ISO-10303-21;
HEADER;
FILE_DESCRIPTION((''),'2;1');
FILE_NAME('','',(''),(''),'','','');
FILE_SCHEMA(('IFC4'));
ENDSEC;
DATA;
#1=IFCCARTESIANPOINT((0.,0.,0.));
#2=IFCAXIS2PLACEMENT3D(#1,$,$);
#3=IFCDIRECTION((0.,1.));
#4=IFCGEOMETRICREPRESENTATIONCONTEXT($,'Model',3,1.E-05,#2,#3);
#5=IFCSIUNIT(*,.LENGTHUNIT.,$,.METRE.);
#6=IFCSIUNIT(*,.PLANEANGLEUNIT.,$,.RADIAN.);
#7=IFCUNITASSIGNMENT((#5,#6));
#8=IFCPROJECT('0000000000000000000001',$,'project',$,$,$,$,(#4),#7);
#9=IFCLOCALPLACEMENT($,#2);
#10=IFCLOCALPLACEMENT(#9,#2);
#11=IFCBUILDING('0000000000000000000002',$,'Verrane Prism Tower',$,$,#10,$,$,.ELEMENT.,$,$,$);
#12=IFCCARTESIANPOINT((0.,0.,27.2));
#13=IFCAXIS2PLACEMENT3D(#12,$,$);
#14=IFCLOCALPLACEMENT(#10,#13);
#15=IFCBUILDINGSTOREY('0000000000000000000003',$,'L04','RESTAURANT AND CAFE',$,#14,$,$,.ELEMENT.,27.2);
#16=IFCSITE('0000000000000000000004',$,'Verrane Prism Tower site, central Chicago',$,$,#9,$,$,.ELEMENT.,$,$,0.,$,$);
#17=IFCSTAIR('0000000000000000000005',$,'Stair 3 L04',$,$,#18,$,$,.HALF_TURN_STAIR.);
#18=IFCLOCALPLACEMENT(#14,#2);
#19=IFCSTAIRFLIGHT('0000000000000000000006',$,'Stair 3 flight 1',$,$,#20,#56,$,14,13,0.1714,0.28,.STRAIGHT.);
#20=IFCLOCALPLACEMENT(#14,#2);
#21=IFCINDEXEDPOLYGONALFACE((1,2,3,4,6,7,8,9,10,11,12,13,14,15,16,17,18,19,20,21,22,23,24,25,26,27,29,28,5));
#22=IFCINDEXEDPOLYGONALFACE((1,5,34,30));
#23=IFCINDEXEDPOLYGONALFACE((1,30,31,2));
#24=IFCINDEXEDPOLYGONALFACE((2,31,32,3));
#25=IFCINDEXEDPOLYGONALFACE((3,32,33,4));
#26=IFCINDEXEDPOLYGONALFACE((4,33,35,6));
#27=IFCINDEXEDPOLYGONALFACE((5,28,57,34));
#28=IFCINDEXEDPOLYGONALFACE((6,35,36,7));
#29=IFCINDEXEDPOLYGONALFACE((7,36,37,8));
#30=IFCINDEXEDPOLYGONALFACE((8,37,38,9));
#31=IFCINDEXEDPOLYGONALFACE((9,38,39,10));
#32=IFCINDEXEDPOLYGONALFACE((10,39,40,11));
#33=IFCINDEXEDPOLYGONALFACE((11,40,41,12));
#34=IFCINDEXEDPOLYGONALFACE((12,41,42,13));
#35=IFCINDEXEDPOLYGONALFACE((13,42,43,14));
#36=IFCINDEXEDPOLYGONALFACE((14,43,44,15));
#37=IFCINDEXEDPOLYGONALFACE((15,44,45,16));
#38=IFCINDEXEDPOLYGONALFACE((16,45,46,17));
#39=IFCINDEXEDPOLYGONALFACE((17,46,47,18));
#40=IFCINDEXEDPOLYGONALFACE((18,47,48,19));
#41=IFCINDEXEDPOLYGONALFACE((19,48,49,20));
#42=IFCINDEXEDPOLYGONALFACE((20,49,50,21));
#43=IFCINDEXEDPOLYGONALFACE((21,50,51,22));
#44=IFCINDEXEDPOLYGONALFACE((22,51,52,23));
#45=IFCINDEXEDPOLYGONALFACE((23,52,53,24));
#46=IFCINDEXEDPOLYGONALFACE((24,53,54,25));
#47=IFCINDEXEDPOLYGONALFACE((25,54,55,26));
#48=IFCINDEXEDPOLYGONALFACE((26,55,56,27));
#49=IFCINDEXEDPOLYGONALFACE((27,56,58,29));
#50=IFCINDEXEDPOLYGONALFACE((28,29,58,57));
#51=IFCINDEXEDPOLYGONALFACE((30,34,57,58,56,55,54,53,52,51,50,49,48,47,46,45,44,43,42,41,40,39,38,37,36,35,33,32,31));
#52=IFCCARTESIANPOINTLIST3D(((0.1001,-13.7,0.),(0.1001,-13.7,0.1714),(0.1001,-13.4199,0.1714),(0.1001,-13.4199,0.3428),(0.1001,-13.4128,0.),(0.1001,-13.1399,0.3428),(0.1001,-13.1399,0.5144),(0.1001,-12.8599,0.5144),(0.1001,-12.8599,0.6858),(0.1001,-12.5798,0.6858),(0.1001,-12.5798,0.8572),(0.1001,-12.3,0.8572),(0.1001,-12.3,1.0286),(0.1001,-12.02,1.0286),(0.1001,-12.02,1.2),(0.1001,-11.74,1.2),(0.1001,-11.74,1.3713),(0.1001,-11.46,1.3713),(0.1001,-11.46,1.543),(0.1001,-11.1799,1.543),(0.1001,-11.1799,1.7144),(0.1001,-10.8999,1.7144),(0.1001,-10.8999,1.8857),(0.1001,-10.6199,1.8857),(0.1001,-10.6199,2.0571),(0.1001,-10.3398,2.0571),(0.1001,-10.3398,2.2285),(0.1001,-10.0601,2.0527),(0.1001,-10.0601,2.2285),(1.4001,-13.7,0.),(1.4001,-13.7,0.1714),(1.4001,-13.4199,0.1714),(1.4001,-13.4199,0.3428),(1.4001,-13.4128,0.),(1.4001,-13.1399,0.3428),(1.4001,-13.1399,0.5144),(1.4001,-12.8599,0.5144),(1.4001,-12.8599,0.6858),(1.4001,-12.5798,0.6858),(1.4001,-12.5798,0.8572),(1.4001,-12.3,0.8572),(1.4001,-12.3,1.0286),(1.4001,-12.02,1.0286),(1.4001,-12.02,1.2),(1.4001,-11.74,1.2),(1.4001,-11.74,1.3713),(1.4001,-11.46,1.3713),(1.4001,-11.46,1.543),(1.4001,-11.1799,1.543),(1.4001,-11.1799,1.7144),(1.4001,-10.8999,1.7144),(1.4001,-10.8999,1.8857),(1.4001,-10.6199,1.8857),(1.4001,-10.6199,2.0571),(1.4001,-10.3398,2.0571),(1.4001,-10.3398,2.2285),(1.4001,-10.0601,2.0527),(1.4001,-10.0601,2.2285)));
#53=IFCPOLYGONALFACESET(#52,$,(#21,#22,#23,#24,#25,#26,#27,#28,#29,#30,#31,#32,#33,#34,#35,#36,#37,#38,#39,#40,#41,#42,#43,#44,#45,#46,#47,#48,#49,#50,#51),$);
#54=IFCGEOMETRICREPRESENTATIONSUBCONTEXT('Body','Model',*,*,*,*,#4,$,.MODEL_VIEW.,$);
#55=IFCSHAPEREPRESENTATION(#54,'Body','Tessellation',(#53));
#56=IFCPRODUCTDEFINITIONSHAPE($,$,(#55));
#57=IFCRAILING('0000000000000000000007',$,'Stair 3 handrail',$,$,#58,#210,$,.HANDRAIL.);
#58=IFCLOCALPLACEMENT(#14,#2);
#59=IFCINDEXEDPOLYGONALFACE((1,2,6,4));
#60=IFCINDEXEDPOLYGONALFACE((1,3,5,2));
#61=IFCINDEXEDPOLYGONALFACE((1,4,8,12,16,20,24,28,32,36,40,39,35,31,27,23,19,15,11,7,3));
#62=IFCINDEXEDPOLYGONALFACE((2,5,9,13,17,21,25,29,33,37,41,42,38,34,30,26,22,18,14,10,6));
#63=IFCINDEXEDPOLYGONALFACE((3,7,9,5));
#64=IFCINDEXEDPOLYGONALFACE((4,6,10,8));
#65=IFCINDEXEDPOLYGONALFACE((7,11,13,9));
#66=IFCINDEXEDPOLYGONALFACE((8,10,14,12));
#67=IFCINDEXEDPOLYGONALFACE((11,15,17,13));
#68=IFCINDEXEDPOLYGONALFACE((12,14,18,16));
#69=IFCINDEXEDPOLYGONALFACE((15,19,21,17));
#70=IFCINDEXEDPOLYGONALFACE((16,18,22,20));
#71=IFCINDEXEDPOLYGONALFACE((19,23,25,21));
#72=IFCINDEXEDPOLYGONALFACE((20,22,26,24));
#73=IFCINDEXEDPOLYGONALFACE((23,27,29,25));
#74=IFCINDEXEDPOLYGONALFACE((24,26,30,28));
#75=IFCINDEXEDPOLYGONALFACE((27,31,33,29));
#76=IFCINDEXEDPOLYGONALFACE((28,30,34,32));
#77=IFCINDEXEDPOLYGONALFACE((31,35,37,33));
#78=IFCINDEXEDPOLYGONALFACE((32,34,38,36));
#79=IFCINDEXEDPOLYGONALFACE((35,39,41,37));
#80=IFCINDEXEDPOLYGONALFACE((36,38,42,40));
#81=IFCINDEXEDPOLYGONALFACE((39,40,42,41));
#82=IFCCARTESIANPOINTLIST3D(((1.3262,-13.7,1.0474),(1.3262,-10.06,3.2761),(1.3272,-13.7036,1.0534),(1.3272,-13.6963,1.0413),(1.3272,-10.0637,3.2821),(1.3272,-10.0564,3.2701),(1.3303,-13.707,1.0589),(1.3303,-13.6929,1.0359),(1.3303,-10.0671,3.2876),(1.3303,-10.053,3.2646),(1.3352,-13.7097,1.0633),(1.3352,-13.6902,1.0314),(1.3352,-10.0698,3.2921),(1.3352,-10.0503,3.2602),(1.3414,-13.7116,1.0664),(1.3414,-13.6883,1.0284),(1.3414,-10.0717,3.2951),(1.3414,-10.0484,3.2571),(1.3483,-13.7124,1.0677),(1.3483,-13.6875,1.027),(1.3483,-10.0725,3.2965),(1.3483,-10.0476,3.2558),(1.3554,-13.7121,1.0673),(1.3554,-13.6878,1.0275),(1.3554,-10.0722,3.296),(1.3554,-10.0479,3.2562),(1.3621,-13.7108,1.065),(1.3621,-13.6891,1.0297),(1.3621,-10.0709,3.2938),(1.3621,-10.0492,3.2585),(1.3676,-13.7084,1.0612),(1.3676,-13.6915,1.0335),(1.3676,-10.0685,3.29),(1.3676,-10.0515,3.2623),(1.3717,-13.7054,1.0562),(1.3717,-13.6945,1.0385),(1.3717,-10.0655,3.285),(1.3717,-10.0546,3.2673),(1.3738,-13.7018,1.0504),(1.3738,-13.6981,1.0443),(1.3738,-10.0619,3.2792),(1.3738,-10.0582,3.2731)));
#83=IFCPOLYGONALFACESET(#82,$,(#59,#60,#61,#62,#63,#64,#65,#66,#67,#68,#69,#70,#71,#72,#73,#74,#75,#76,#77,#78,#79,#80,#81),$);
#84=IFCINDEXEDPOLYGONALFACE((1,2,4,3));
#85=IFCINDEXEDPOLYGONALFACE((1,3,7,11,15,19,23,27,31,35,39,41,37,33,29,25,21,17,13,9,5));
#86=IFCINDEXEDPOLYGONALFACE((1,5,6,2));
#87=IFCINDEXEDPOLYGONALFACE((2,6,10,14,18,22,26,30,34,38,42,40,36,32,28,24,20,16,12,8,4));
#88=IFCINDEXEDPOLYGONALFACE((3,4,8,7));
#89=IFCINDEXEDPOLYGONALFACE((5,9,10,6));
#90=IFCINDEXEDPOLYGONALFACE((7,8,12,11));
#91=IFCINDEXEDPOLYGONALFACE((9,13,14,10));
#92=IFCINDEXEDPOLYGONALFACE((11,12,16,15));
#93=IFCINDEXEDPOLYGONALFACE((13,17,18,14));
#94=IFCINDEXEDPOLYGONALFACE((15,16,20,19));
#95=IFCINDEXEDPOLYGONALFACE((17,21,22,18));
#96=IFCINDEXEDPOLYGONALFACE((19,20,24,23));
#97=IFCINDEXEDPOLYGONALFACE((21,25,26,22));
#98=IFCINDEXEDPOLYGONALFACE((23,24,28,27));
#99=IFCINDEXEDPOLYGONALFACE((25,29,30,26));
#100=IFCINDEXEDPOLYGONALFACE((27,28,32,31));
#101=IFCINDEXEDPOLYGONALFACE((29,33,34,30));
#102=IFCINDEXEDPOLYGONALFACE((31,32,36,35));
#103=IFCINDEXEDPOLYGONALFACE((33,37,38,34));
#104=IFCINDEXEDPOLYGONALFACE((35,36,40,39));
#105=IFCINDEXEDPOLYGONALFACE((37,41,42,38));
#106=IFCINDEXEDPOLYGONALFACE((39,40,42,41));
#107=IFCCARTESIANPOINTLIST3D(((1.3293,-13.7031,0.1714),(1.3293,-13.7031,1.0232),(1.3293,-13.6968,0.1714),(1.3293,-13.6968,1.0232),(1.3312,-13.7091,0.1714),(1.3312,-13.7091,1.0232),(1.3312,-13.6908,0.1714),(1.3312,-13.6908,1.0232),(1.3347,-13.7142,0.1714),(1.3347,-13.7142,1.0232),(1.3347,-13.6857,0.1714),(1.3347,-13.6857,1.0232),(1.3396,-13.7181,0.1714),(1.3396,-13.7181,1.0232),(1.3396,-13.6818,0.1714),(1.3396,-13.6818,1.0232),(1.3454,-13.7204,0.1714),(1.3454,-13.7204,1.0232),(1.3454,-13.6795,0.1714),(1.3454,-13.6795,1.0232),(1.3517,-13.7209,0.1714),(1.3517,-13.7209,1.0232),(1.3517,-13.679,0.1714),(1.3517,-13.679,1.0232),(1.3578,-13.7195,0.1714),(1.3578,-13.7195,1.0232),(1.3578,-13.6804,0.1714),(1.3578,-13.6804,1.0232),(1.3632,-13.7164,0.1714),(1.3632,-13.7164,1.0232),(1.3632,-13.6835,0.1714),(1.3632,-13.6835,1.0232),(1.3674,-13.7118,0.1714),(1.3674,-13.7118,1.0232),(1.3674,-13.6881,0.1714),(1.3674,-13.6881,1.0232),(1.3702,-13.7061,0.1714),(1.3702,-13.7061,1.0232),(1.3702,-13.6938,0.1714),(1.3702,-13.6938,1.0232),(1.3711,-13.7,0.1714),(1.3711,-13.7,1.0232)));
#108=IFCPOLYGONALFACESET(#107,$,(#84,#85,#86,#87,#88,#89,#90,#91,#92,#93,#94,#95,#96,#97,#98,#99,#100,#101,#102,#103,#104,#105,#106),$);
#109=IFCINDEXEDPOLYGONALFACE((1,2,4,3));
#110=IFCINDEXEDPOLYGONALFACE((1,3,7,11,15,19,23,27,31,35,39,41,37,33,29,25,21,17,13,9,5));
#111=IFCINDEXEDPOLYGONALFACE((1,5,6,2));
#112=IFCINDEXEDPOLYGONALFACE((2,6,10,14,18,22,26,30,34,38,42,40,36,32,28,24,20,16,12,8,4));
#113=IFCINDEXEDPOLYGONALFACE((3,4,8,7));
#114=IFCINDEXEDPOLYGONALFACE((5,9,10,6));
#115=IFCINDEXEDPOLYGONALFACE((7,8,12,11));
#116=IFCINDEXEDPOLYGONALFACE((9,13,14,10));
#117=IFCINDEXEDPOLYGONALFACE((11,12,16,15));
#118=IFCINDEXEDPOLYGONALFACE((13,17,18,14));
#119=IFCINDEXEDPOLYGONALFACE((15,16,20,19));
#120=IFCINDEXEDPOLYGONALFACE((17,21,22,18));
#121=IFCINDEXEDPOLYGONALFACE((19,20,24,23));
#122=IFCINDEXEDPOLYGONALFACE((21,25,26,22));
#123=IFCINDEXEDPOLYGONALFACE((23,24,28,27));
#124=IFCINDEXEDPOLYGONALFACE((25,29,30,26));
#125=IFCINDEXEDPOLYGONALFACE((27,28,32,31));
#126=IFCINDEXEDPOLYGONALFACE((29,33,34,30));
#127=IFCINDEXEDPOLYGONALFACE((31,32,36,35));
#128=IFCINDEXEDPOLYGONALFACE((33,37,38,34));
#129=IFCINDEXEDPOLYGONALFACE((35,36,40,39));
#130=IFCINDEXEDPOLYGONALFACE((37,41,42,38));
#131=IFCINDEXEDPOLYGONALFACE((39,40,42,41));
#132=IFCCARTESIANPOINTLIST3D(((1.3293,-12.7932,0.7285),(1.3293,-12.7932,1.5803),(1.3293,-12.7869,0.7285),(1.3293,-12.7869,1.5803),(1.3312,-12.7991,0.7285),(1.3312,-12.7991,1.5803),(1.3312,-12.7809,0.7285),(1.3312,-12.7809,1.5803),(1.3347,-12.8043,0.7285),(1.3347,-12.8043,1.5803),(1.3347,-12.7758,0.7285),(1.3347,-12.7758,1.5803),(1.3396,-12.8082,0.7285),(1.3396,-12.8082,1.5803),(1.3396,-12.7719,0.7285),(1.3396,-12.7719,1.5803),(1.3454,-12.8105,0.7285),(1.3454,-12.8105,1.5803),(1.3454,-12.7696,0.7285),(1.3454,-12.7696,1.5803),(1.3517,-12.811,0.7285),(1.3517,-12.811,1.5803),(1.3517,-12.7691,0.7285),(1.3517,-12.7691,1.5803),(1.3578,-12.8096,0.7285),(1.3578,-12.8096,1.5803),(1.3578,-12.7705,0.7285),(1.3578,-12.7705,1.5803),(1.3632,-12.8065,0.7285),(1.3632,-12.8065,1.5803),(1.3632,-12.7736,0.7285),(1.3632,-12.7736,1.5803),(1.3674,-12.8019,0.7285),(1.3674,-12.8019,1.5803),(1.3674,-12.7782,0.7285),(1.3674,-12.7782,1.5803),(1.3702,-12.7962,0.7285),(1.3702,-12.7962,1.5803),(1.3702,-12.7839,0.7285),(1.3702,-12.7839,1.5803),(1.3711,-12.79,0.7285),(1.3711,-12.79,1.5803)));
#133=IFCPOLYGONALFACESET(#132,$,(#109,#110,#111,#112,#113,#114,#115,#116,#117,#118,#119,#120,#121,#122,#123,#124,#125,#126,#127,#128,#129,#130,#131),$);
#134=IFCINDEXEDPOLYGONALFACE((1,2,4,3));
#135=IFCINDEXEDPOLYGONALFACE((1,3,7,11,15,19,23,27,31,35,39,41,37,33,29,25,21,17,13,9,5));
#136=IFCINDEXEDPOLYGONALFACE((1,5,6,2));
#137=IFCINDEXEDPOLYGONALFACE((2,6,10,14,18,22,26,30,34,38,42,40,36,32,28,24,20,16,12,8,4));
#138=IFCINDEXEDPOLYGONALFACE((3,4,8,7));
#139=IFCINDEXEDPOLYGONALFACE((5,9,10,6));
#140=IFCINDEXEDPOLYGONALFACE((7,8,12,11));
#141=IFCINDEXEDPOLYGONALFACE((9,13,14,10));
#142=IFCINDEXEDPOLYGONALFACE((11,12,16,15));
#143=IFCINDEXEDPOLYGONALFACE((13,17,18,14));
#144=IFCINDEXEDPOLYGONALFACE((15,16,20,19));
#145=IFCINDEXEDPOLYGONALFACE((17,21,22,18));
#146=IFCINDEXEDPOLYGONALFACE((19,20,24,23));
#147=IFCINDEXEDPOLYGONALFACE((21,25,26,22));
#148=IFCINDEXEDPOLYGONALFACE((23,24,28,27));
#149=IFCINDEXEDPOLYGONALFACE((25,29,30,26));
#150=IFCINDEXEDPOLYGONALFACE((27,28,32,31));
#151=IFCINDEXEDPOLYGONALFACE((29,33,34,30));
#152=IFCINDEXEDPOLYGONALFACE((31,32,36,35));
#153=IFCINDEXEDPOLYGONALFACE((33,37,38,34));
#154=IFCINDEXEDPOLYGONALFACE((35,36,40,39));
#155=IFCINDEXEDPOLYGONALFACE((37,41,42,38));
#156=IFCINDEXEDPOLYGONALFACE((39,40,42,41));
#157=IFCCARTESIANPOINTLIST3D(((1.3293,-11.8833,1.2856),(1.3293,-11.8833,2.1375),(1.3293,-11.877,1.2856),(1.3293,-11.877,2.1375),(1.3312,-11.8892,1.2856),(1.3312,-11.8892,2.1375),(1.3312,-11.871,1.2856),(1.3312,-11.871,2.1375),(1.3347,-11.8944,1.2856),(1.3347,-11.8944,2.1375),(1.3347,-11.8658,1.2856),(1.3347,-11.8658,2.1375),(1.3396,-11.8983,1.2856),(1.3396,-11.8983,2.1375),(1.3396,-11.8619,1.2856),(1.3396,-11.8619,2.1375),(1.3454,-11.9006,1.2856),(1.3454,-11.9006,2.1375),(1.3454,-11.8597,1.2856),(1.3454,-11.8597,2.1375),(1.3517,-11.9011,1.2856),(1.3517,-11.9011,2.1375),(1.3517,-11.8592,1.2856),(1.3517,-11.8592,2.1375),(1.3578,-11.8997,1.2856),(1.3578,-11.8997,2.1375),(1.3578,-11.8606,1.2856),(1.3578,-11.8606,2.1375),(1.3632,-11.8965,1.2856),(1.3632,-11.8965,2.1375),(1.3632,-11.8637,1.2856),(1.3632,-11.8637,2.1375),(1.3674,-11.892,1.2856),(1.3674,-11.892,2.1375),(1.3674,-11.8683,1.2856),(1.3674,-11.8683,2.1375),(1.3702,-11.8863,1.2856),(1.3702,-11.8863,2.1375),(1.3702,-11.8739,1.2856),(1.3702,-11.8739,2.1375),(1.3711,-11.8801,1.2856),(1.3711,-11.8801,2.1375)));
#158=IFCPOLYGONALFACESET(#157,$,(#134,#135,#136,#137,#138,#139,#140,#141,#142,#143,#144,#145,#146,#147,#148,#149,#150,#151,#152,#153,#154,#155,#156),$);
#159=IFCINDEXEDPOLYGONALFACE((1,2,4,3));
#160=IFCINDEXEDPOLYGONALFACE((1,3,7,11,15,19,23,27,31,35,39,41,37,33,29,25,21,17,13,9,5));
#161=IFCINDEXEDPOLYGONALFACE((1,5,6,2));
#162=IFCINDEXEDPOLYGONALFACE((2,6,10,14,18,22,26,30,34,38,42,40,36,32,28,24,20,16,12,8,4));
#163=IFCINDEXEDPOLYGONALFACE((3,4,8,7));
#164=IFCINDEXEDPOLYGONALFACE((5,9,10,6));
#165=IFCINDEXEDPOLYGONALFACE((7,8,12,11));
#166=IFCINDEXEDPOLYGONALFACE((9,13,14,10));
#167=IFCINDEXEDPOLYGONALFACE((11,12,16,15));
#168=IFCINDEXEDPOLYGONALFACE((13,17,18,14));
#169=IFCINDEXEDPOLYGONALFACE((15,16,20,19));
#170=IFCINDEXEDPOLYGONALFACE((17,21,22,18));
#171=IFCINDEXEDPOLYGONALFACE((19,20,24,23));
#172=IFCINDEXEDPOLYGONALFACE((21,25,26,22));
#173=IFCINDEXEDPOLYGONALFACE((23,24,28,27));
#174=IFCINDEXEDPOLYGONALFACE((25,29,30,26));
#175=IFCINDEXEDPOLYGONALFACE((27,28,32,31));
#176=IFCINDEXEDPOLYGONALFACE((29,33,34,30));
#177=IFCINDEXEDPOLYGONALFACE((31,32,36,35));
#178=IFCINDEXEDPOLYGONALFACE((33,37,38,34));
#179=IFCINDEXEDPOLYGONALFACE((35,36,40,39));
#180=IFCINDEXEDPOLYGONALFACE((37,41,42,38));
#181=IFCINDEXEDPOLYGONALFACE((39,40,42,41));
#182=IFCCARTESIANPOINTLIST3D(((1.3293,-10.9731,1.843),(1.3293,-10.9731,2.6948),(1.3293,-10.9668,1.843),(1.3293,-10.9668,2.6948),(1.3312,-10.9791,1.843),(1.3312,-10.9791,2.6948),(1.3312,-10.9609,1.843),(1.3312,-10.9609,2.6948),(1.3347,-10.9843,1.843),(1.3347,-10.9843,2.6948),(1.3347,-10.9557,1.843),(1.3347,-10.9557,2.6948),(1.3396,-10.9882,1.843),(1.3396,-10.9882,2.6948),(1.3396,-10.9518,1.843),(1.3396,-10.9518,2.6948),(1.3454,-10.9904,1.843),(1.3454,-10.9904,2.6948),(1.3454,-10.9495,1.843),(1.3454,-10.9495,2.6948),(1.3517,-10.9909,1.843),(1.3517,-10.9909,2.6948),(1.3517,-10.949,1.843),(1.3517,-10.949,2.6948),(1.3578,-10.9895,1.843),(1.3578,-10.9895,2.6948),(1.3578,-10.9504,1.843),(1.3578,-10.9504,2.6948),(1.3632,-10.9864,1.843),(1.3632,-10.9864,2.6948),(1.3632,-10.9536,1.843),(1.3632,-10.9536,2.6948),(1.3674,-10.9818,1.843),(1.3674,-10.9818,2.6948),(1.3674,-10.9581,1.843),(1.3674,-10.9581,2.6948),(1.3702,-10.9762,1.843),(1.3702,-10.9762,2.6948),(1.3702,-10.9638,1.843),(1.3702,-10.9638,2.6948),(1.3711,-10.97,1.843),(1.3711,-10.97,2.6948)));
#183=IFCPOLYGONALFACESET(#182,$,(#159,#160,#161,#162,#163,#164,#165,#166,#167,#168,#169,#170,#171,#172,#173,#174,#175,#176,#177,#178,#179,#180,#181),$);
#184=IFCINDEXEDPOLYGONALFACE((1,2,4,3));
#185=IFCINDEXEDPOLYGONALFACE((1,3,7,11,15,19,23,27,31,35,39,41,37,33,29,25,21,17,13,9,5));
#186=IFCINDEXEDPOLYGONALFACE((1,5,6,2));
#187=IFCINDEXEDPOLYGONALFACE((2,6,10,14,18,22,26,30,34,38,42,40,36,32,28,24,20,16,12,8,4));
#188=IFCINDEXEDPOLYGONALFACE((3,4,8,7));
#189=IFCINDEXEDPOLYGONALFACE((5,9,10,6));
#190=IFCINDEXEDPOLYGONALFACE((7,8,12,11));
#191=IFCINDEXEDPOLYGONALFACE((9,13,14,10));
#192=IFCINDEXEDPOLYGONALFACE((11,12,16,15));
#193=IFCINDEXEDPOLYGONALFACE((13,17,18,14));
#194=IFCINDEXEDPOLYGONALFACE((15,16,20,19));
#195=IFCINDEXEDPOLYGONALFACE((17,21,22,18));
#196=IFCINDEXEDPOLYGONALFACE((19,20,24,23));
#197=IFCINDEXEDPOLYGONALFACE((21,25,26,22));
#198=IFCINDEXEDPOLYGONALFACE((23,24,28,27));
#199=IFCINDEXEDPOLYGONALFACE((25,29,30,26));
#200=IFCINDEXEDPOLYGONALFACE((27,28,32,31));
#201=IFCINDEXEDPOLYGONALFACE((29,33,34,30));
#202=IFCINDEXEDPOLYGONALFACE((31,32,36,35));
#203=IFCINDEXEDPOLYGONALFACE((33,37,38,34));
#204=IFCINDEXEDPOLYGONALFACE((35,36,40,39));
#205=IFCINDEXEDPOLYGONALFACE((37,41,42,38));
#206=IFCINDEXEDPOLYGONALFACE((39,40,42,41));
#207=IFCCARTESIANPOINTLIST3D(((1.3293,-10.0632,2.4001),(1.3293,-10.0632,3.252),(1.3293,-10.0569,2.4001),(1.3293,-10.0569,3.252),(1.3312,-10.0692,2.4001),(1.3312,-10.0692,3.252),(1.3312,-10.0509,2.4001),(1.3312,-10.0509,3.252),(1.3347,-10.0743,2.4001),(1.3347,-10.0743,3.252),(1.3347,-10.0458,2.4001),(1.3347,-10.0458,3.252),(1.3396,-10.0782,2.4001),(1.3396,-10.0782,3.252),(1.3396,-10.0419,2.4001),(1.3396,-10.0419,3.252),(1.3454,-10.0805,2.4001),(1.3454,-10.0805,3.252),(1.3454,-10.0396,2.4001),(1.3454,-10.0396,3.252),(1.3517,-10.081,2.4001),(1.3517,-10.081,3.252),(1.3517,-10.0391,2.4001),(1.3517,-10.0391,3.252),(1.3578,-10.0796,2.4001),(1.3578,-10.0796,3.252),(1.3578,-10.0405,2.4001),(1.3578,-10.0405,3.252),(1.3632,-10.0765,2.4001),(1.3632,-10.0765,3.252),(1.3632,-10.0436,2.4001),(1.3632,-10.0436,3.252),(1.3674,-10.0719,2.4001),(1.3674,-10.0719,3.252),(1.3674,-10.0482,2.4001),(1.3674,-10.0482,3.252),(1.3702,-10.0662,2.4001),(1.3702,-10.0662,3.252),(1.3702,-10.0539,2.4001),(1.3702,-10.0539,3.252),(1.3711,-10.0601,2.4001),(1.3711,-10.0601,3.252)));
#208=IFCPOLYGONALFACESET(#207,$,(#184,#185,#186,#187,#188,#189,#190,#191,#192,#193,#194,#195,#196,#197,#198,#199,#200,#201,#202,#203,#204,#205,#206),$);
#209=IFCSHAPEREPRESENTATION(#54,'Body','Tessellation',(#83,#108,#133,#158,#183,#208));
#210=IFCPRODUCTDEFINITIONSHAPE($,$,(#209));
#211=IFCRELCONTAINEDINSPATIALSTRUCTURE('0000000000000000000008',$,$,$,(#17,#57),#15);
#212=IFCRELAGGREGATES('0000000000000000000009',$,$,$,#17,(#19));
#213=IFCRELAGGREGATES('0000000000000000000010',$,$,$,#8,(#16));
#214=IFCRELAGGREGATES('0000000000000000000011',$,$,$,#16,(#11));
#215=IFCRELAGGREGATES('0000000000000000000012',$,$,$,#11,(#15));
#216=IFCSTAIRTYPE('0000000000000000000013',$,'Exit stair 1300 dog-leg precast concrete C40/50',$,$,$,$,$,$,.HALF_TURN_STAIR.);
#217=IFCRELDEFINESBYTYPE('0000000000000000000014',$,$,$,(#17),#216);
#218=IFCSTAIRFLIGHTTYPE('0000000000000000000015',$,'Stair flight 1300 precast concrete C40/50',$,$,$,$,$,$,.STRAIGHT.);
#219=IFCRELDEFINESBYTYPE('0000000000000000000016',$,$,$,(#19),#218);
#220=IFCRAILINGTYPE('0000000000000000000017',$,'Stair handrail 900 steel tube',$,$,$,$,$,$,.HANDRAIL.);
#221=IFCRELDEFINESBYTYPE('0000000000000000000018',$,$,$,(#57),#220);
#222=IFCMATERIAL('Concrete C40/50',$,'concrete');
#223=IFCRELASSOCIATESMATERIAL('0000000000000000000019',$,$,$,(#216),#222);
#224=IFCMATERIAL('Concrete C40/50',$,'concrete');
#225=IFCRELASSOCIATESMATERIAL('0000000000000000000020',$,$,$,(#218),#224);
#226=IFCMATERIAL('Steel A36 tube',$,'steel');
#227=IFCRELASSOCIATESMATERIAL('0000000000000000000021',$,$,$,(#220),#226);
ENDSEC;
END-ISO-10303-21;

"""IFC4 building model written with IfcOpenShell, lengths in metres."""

from ifc_helpers import new_model, si_unit, direction, frame, origin, origin_2d, place, context, subcontext, project, spatial, polyline, circle, outline, extrude, material, type_object, element, aggregate, save


model = new_model("IFC4")

# Units and contexts
model_context = context("Model", 3, precision=1e-05, world=origin(), true_north=direction((0.0, 1.0)))
body_context = subcontext(model_context, "Body", "Model", "MODEL_VIEW")
ifc_project = project(units=[si_unit("LENGTHUNIT", "METRE"), si_unit("PLANEANGLEUNIT", "RADIAN")], contexts=[model_context])

# Site, building, storey
site_placement = place(None, origin())
site = spatial("IfcSite", under=ifc_project, at=site_placement, Name="Verrane Prism Tower site, central Chicago", CompositionType="ELEMENT", RefElevation=0.0)
building_placement = place(site_placement, origin())
building = spatial("IfcBuilding", under=site, at=building_placement, Name="Verrane Prism Tower", CompositionType="ELEMENT")
storey_placement = place(building_placement, frame((0.0, 0.0, 27.2)))
storey = spatial("IfcBuildingStorey", under=building, at=storey_placement, Name="L04", Description="RESTAURANT AND CAFE", CompositionType="ELEMENT", Elevation=27.2)

# Stair
ifc_material_1 = material(Name="Concrete C40/50", Category="concrete")
stair_type = type_object("IfcStairType", Name="Exit stair 1300 dog-leg precast concrete C40/50", PredefinedType="HALF_TURN_STAIR", material=ifc_material_1)
stair_1_placement = place(storey_placement, origin())
stair_1 = element("IfcStair", 1, at=stair_1_placement, inside=storey, type_object=stair_type, Name="Stair 3 L04", PredefinedType="HALF_TURN_STAIR")

# Stair flight
ifc_material_2 = material(Name="Concrete C40/50", Category="concrete")
stair_flight_type = type_object("IfcStairFlightType", Name="Stair flight 1300 precast concrete C40/50", PredefinedType="STRAIGHT", material=ifc_material_2)
stair_flight_placement = place(storey_placement, frame((0.75, -13.7, 0.0), z_axis=(0.0, 0.0, 1.0), x_axis=(0.0, 1.0, 0.0)))
stair_flight = element("IfcStairFlight", 2, at=stair_flight_placement, type_object=stair_flight_type, Name="Stair 3 flight 1", NumberOfRisers=14, NumberOfTreads=13, PredefinedType="STRAIGHT", RiserHeight=0.1714, TreadLength=0.28, context=body_context, shape_type="SweptSolid", body=[
    extrude(outline(polyline([(0.0, 0.0), (0.0, 0.1714), (0.28, 0.1714), (0.28, 0.3428), (0.5601, 0.3428), (0.5601, 0.5144), (0.8401, 0.5144), (0.8401, 0.6858), (1.1201, 0.6858), (1.1201, 0.8572), (1.3999, 0.8572), (1.3999, 1.0286), (1.6799, 1.0286), (1.6799, 1.2), (1.96, 1.2), (1.96, 1.3713), (2.24, 1.3713), (2.24, 1.543), (2.52, 1.543), (2.52, 1.7144), (2.8, 1.7144), (2.8, 1.8857), (3.0801, 1.8857), (3.0801, 2.0571), (3.3601, 2.0571), (3.3601, 2.2285), (3.6399, 2.2285), (3.6399, 2.3999), (3.6399, 2.0527), (0.2871, 0.0), (0.0, 0.0)])), frame((0.0, 0.6499, 0.0), z_axis=(0.0, -1.0, 0.0), x_axis=(1.0, 0.0, 0.0)), (0.0, 0.0, 1.0), 1.3),
])
aggregate(stair_1, [stair_flight])

# Railing
ifc_material_3 = material(Name="Steel A36 tube", Category="steel")
railing_type_1 = type_object("IfcRailingType", Name="Stair handrail 900 steel tube", PredefinedType="HANDRAIL", material=ifc_material_3)
railing_1_placement = place(storey_placement, frame((1.3501, -13.7, 0.1714)))
element("IfcRailing", 3, at=railing_1_placement, inside=storey, type_object=railing_type_1, Name="Stair 3 handrail", PredefinedType="HANDRAIL", context=body_context, shape_type="SweptSolid", body=[
    extrude(circle(Radius=0.0239, at=origin_2d()), frame((0.0, 0.0, 0.876), z_axis=(0.0, 0.852825, 0.522197), x_axis=(-1.0, 0.0, 0.0)), (0.0, 0.0, 1.0), 4.2681),
    extrude(circle(Radius=0.021, at=origin_2d()), origin(), (0.0, 0.0, 1.0), 0.8518),
    extrude(circle(Radius=0.021, at=origin_2d()), frame((0.0, 0.9099, 0.5571)), (0.0, 0.0, 1.0), 0.8518),
    extrude(circle(Radius=0.021, at=origin_2d()), frame((0.0, 1.8198, 1.1143)), (0.0, 0.0, 1.0), 0.8518),
    extrude(circle(Radius=0.021, at=origin_2d()), frame((0.0, 2.73, 1.6716)), (0.0, 0.0, 1.0), 0.8518),
    extrude(circle(Radius=0.021, at=origin_2d()), frame((0.0, 3.6399, 2.2288)), (0.0, 0.0, 1.0), 0.8518),
])

save(model, "model.ifc")
